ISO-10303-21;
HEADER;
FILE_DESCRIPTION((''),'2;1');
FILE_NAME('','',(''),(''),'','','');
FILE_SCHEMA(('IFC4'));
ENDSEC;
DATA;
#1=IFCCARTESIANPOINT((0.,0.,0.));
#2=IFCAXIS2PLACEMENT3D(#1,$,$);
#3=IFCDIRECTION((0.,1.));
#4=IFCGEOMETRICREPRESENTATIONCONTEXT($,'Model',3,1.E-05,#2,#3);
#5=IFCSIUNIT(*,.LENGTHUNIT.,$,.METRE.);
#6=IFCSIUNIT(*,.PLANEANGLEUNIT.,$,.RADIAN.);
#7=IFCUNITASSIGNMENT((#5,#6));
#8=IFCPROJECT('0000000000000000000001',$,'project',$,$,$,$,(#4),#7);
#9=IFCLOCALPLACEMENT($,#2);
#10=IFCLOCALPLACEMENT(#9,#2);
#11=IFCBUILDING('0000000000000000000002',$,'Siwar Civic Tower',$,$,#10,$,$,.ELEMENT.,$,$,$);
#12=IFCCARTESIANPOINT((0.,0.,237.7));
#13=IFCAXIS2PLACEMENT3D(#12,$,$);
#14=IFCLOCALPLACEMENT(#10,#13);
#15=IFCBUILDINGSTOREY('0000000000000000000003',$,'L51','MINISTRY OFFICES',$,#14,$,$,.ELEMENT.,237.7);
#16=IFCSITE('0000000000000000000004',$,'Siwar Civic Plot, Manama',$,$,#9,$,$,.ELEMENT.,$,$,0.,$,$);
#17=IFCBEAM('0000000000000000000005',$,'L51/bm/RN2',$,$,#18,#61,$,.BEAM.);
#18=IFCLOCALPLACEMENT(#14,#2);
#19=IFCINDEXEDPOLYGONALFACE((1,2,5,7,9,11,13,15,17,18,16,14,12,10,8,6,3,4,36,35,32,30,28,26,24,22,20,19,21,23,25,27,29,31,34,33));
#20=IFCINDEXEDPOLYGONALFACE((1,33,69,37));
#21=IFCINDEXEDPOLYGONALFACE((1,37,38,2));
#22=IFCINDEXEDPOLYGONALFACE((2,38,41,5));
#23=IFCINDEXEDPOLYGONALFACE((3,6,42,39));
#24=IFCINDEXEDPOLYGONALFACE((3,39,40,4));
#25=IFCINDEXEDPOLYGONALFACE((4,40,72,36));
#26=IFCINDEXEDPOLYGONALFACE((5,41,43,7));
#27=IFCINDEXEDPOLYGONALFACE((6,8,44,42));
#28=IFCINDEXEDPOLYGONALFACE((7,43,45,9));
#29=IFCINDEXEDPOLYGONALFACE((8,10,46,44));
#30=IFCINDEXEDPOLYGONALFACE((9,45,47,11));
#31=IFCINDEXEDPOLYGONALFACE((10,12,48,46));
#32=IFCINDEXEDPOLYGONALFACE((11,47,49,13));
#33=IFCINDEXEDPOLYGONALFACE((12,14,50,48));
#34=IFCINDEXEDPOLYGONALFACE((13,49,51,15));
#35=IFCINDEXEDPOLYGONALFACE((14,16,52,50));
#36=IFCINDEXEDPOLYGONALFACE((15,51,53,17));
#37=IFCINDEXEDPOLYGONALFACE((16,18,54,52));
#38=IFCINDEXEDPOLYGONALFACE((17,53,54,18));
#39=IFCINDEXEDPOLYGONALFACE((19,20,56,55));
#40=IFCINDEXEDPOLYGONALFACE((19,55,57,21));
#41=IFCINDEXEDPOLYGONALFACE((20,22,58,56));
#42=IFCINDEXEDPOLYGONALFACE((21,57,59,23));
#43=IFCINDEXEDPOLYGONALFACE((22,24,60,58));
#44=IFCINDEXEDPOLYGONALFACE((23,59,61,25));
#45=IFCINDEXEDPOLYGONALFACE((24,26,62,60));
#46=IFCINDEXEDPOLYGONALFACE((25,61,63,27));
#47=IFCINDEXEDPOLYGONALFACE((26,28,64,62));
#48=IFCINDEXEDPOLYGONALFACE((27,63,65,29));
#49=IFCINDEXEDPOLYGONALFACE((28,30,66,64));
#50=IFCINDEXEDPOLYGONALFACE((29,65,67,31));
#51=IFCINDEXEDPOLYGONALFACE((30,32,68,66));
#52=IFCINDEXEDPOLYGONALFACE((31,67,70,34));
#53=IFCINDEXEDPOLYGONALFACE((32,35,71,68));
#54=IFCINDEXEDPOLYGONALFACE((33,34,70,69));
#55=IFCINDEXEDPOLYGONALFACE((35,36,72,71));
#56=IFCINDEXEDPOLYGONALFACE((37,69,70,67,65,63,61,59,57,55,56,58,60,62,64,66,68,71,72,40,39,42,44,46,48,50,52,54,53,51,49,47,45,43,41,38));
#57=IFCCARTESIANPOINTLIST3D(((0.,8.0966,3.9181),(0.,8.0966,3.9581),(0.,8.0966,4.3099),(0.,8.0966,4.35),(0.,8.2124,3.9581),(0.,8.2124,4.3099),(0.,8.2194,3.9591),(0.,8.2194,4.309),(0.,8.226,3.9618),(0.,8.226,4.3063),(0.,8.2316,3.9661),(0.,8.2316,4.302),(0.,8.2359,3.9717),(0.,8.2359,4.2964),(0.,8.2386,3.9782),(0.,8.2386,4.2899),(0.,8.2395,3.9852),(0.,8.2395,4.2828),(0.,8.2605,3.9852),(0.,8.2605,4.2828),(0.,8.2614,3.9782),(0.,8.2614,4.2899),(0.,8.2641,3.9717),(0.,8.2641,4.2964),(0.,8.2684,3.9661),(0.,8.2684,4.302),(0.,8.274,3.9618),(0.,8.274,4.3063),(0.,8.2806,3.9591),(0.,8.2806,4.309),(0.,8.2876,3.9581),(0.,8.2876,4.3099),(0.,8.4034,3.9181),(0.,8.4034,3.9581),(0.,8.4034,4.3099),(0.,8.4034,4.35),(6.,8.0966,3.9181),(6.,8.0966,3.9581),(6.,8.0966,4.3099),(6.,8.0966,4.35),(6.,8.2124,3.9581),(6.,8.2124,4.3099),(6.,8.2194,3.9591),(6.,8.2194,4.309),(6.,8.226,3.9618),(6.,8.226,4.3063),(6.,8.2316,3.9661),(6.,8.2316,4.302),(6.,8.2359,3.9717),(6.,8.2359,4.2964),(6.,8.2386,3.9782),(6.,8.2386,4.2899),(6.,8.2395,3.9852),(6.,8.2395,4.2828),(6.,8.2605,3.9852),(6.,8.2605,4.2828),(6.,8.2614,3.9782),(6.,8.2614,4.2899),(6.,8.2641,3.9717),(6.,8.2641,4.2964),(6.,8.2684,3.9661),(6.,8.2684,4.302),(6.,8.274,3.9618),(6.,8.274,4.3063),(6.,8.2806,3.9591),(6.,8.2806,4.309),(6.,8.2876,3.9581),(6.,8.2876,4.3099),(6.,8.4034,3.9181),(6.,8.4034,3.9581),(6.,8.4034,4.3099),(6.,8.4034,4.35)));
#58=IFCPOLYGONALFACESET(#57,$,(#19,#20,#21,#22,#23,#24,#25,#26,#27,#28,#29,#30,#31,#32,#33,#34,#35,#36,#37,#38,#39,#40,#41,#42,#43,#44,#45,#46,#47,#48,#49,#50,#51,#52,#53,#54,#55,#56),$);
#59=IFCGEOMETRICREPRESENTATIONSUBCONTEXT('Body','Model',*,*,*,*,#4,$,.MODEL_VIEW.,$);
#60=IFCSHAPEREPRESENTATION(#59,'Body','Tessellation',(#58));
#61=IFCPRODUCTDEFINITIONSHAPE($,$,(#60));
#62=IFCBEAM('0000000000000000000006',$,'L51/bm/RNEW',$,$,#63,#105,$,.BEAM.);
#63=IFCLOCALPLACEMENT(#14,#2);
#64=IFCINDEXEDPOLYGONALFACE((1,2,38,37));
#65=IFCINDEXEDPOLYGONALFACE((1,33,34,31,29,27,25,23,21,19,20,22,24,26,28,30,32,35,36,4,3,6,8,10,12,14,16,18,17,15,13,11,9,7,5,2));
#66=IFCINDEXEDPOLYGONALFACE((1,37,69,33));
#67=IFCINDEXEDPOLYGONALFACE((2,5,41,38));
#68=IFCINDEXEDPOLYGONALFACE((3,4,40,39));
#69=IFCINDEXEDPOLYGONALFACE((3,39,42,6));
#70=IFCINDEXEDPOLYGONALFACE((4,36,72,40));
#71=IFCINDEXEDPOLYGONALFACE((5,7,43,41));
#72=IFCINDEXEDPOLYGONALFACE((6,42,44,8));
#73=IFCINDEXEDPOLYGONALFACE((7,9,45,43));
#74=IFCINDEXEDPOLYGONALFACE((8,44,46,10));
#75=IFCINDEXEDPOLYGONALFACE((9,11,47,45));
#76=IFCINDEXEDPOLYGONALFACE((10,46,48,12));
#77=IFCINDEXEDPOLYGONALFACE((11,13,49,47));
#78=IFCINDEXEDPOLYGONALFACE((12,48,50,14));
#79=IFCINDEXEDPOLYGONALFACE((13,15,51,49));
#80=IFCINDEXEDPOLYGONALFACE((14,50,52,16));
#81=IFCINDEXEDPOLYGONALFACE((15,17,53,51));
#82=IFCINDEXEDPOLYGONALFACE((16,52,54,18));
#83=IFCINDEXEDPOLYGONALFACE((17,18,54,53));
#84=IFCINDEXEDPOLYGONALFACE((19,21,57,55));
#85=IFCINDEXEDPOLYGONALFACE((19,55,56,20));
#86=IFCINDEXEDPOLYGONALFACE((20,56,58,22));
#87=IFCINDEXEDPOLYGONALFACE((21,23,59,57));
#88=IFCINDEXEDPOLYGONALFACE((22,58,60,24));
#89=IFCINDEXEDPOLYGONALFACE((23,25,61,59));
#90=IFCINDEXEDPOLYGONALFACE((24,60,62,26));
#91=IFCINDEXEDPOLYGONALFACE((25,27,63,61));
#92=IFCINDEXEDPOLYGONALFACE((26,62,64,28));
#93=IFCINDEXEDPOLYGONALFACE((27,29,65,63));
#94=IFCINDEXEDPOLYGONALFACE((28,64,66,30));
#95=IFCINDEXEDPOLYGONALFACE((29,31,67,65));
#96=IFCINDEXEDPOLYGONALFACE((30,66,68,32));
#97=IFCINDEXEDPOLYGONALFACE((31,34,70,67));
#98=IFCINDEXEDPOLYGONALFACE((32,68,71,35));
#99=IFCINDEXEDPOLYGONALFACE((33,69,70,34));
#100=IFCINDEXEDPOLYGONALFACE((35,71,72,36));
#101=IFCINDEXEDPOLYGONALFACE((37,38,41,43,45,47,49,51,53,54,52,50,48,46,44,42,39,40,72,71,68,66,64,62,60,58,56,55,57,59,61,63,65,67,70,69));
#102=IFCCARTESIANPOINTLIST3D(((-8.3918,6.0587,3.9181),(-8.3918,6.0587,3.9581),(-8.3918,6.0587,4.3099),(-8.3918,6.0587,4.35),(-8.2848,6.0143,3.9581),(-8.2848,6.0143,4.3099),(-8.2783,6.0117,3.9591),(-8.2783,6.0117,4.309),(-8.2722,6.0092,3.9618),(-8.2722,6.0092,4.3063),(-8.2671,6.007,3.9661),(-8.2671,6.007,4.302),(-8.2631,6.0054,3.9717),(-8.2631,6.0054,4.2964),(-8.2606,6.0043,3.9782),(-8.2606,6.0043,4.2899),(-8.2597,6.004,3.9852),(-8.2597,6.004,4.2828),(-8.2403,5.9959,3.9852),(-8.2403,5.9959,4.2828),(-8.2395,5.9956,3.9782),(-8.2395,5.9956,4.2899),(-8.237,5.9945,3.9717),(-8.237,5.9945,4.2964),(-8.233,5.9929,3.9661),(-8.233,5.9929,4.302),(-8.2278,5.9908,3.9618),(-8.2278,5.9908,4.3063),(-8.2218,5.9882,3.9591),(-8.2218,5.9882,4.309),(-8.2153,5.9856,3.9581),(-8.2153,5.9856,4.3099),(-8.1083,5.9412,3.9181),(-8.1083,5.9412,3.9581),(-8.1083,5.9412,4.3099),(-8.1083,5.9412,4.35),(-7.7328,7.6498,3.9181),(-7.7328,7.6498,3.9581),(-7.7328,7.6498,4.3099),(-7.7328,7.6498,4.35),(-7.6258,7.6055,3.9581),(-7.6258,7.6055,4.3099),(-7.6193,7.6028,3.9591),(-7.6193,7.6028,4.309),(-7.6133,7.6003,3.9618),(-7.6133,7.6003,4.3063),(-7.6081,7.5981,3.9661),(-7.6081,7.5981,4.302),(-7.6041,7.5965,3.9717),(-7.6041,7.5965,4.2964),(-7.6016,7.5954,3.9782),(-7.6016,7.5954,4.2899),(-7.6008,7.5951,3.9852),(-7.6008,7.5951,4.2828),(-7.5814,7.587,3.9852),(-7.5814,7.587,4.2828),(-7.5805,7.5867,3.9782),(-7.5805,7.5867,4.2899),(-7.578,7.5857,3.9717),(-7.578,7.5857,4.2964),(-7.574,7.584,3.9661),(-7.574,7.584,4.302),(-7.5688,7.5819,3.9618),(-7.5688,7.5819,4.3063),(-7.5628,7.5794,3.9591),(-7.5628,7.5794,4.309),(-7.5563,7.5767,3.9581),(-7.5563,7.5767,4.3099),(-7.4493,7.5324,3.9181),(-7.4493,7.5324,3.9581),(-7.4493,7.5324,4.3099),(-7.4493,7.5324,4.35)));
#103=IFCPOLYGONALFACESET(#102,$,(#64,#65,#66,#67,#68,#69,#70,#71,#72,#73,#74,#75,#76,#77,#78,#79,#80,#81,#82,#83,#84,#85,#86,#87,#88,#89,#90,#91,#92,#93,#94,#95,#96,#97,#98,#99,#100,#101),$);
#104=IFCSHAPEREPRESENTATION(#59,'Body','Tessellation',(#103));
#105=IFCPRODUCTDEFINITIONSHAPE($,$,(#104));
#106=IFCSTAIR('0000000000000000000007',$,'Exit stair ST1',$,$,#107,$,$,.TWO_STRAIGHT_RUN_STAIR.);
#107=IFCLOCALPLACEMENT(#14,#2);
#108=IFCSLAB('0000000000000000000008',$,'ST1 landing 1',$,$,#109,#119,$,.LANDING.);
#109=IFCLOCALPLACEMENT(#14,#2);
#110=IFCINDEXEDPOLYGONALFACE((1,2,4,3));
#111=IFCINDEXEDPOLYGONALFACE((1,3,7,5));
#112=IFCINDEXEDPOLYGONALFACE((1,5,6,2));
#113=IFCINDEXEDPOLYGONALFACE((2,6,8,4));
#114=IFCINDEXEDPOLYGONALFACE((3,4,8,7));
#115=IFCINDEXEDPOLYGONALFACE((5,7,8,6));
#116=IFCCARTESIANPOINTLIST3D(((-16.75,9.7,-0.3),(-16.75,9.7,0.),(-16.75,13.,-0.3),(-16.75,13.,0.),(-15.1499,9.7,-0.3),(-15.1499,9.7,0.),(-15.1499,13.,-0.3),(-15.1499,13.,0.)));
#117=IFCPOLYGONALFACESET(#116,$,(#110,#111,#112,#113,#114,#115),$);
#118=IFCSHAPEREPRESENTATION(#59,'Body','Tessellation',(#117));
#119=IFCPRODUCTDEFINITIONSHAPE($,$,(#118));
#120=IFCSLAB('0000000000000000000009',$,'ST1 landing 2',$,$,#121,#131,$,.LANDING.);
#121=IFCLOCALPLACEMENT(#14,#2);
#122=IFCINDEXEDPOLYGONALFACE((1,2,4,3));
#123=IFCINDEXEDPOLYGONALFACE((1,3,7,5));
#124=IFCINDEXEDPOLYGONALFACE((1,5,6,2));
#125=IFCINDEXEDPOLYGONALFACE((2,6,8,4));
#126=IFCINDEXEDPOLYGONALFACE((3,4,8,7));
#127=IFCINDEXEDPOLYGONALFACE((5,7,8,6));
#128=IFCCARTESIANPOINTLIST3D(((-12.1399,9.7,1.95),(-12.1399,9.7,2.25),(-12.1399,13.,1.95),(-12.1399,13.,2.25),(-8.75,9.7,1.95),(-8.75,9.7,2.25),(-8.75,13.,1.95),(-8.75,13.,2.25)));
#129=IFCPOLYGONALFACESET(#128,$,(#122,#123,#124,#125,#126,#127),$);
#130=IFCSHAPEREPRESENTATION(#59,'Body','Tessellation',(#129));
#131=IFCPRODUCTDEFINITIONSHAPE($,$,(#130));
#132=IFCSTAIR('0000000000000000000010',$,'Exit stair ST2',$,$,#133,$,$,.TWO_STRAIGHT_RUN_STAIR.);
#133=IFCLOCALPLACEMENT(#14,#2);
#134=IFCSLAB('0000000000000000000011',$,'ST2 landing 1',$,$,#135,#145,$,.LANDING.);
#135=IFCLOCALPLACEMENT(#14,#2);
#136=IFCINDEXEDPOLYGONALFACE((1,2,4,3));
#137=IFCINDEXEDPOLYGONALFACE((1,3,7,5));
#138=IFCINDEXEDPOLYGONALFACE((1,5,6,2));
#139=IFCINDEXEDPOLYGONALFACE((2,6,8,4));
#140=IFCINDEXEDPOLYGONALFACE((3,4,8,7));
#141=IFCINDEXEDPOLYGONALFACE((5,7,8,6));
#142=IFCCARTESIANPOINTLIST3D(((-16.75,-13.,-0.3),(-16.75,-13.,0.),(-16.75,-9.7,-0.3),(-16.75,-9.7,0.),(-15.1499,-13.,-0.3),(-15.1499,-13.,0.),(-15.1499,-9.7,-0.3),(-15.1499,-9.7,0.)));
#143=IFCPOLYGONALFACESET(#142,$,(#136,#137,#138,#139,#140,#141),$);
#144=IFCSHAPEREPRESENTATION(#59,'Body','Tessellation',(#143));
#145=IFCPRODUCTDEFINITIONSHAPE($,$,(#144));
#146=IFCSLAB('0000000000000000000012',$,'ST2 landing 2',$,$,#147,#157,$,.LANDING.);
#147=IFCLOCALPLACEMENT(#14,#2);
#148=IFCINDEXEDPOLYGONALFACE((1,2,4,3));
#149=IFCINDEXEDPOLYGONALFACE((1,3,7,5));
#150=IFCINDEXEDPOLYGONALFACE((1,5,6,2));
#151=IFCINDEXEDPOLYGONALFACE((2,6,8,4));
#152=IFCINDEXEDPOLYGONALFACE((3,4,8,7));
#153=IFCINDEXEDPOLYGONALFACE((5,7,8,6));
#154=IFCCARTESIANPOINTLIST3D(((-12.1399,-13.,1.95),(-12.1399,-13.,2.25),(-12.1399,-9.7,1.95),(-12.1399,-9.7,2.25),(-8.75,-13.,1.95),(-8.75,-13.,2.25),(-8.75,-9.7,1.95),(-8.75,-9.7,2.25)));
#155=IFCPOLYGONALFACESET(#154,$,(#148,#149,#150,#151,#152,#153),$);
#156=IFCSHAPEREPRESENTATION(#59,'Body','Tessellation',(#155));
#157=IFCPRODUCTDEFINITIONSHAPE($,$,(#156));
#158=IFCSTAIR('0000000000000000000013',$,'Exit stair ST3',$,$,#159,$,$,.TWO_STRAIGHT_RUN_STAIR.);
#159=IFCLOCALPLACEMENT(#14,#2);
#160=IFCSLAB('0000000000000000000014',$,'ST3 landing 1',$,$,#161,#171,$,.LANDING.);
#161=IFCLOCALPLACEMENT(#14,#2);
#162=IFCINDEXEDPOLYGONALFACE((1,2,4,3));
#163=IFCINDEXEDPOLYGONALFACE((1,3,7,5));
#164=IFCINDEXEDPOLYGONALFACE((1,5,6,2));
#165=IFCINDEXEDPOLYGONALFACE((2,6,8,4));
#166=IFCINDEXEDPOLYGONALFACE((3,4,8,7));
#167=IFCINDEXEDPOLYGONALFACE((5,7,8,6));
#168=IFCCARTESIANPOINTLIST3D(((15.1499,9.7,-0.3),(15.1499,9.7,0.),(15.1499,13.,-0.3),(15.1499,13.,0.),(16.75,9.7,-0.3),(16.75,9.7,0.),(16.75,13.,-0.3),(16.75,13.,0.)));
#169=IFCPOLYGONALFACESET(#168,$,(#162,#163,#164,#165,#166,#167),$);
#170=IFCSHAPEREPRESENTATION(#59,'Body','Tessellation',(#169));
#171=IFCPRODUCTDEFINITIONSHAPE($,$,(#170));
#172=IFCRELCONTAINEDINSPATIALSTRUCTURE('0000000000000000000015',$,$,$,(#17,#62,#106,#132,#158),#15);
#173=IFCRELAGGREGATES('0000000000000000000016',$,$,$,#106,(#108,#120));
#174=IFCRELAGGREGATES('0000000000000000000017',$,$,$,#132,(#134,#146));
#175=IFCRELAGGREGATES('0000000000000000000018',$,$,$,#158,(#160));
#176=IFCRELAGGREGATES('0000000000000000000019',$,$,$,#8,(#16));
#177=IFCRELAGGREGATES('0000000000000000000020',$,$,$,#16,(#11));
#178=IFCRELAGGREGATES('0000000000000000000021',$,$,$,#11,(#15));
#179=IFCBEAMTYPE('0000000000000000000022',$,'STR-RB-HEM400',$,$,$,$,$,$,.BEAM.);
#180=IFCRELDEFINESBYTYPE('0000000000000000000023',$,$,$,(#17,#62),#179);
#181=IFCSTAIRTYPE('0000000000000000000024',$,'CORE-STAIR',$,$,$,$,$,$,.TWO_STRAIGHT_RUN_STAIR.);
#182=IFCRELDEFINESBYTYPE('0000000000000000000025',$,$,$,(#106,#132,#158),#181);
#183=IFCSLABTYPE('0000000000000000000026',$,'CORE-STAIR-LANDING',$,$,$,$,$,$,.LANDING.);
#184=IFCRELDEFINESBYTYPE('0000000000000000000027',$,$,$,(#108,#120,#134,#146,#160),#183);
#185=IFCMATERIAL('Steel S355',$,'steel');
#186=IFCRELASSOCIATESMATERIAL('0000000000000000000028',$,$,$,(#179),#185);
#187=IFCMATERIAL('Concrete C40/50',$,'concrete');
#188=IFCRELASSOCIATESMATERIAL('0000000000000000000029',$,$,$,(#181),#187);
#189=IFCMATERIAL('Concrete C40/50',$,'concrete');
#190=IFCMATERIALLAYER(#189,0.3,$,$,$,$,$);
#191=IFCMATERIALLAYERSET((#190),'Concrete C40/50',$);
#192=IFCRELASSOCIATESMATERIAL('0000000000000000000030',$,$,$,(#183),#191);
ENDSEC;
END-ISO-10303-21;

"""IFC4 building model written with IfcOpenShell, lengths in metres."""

from ifc_helpers import new_model, si_unit, direction, frame, origin, origin_2d, place, context, subcontext, project, spatial, polyline, i_section, outline, extrude, material, layer, layer_set, material_profile, profile_set, type_object, element, aggregate, save


model = new_model("IFC4")

# Units and contexts
model_context = context("Model", 3, precision=1e-05, world=origin(), true_north=direction((0.0, 1.0)))
body_context = subcontext(model_context, "Body", "Model", "MODEL_VIEW")
ifc_project = project(units=[si_unit("LENGTHUNIT", "METRE"), si_unit("PLANEANGLEUNIT", "RADIAN")], contexts=[model_context])

# Site, building, storey
site_placement = place(None, origin())
site = spatial("IfcSite", under=ifc_project, at=site_placement, Name="Siwar Civic Plot, Manama", CompositionType="ELEMENT", RefElevation=0.0)
building_placement = place(site_placement, origin())
building = spatial("IfcBuilding", under=site, at=building_placement, Name="Siwar Civic Tower", CompositionType="ELEMENT")
storey_placement = place(building_placement, frame((0.0, 0.0, 237.7)))
storey = spatial("IfcBuildingStorey", under=building, at=storey_placement, Name="L51", Description="MINISTRY OFFICES", CompositionType="ELEMENT", Elevation=237.7)

# Beams
ifc_material_1 = material(Name="Steel S355", Category="steel")
ifc_material_profile_1 = material_profile(ifc_material_1, i_section(OverallWidth=0.3069, OverallDepth=0.4319, WebThickness=0.021, FlangeThickness=0.04, FilletRadius=0.0271, at=origin_2d()), Name="HEM400")
ifc_profile_set_1 = profile_set([ifc_material_profile_1], Name="Steel S355")
beam_type_1 = type_object("IfcBeamType", Name="STR-RB-HEM400", PredefinedType="BEAM", material=ifc_profile_set_1)
for number, where, z_axis, x_axis, name in (
    (1, (0.0, 8.25, 4.134), (1.0, 0.0, 0.0), (0.0, 1.0, 0.0), "L51/bm/RN2"),
):
    element("IfcBeam", number, at=place(storey_placement, frame(where, z_axis=z_axis, x_axis=x_axis)), inside=storey, type_object=beam_type_1, Name=name, PredefinedType="BEAM", context=body_context, shape_type="SweptSolid", body=[
        extrude(i_section(OverallWidth=0.3069, OverallDepth=0.4319, WebThickness=0.021, FlangeThickness=0.04, FilletRadius=0.0271, at=origin_2d()), origin(), (0.0, 0.0, 1.0), 6.0),
    ])
beam_1_placement = place(storey_placement, frame((-7.5911, 7.5911, 4.134), z_axis=(-0.382631, -0.923901, 0.0), x_axis=(0.923901, -0.382631, 0.0)))
element("IfcBeam", 2, at=beam_1_placement, inside=storey, type_object=beam_type_1, Name="L51/bm/RNEW", PredefinedType="BEAM", context=body_context, shape_type="SweptSolid", body=[
    extrude(i_section(OverallWidth=0.3069, OverallDepth=0.4319, WebThickness=0.021, FlangeThickness=0.04, FilletRadius=0.0271, at=origin_2d()), origin(), (0.0, 0.0, 1.0), 1.7222),
])

# Stairs, slabs
ifc_material_2 = material(Name="Concrete C40/50", Category="concrete")
stair_type = type_object("IfcStairType", Name="CORE-STAIR", PredefinedType="TWO_STRAIGHT_RUN_STAIR", material=ifc_material_2)
stair_1_placement = place(storey_placement, origin())
stair_1 = element("IfcStair", 3, at=stair_1_placement, inside=storey, type_object=stair_type, Name="Exit stair ST1", PredefinedType="TWO_STRAIGHT_RUN_STAIR")
ifc_material_3 = material(Name="Concrete C40/50", Category="concrete")
ifc_layer_1 = layer(ifc_material_3, 0.3)
ifc_layer_set_1 = layer_set([ifc_layer_1], Name="Concrete C40/50")
slab_type_1 = type_object("IfcSlabType", Name="CORE-STAIR-LANDING", PredefinedType="LANDING", material=ifc_layer_set_1)
slab_1_placement = place(storey_placement, frame((0.0, 0.0, -0.3)))
slab_1 = element("IfcSlab", 4, at=slab_1_placement, type_object=slab_type_1, Name="ST1 landing 1", PredefinedType="LANDING", context=body_context, shape_type="SweptSolid", body=[
    extrude(outline(polyline([(-15.1499, 13.0), (-16.75, 13.0), (-16.75, 9.7), (-15.1499, 9.7), (-15.1499, 13.0)])), origin(), (0.0, 0.0, 1.0), 0.3),
])
slab_2_placement = place(storey_placement, frame((0.0, 0.0, 1.95)))
slab_2 = element("IfcSlab", 5, at=slab_2_placement, type_object=slab_type_1, Name="ST1 landing 2", PredefinedType="LANDING", context=body_context, shape_type="SweptSolid", body=[
    extrude(outline(polyline([(-8.75, 13.0), (-12.1399, 13.0), (-12.1399, 9.7), (-8.75, 9.7), (-8.75, 13.0)])), origin(), (0.0, 0.0, 1.0), 0.3),
])
aggregate(stair_1, [slab_1, slab_2])
stair_2_placement = place(storey_placement, origin())
stair_2 = element("IfcStair", 6, at=stair_2_placement, inside=storey, type_object=stair_type, Name="Exit stair ST2", PredefinedType="TWO_STRAIGHT_RUN_STAIR")
slab_3_placement = place(storey_placement, frame((0.0, 0.0, -0.3)))
slab_3 = element("IfcSlab", 7, at=slab_3_placement, type_object=slab_type_1, Name="ST2 landing 1", PredefinedType="LANDING", context=body_context, shape_type="SweptSolid", body=[
    extrude(outline(polyline([(-15.1499, -9.7), (-16.75, -9.7), (-16.75, -13.0), (-15.1499, -13.0), (-15.1499, -9.7)])), origin(), (0.0, 0.0, 1.0), 0.3),
])
slab_4_placement = place(storey_placement, frame((0.0, 0.0, 1.95)))
slab_4 = element("IfcSlab", 8, at=slab_4_placement, type_object=slab_type_1, Name="ST2 landing 2", PredefinedType="LANDING", context=body_context, shape_type="SweptSolid", body=[
    extrude(outline(polyline([(-8.75, -9.7), (-12.1399, -9.7), (-12.1399, -13.0), (-8.75, -13.0), (-8.75, -9.7)])), origin(), (0.0, 0.0, 1.0), 0.3),
])
aggregate(stair_2, [slab_3, slab_4])

# Stair, slab
stair_3_placement = place(storey_placement, origin())
stair_3 = element("IfcStair", 9, at=stair_3_placement, inside=storey, type_object=stair_type, Name="Exit stair ST3", PredefinedType="TWO_STRAIGHT_RUN_STAIR")
slab_5_placement = place(storey_placement, frame((0.0, 0.0, -0.3)))
slab_5 = element("IfcSlab", 10, at=slab_5_placement, type_object=slab_type_1, Name="ST3 landing 1", PredefinedType="LANDING", context=body_context, shape_type="SweptSolid", body=[
    extrude(outline(polyline([(15.1499, 9.7), (16.75, 9.7), (16.75, 13.0), (15.1499, 13.0), (15.1499, 9.7)])), origin(), (0.0, 0.0, 1.0), 0.3),
])
aggregate(stair_3, [slab_5])

save(model, "model.ifc")
